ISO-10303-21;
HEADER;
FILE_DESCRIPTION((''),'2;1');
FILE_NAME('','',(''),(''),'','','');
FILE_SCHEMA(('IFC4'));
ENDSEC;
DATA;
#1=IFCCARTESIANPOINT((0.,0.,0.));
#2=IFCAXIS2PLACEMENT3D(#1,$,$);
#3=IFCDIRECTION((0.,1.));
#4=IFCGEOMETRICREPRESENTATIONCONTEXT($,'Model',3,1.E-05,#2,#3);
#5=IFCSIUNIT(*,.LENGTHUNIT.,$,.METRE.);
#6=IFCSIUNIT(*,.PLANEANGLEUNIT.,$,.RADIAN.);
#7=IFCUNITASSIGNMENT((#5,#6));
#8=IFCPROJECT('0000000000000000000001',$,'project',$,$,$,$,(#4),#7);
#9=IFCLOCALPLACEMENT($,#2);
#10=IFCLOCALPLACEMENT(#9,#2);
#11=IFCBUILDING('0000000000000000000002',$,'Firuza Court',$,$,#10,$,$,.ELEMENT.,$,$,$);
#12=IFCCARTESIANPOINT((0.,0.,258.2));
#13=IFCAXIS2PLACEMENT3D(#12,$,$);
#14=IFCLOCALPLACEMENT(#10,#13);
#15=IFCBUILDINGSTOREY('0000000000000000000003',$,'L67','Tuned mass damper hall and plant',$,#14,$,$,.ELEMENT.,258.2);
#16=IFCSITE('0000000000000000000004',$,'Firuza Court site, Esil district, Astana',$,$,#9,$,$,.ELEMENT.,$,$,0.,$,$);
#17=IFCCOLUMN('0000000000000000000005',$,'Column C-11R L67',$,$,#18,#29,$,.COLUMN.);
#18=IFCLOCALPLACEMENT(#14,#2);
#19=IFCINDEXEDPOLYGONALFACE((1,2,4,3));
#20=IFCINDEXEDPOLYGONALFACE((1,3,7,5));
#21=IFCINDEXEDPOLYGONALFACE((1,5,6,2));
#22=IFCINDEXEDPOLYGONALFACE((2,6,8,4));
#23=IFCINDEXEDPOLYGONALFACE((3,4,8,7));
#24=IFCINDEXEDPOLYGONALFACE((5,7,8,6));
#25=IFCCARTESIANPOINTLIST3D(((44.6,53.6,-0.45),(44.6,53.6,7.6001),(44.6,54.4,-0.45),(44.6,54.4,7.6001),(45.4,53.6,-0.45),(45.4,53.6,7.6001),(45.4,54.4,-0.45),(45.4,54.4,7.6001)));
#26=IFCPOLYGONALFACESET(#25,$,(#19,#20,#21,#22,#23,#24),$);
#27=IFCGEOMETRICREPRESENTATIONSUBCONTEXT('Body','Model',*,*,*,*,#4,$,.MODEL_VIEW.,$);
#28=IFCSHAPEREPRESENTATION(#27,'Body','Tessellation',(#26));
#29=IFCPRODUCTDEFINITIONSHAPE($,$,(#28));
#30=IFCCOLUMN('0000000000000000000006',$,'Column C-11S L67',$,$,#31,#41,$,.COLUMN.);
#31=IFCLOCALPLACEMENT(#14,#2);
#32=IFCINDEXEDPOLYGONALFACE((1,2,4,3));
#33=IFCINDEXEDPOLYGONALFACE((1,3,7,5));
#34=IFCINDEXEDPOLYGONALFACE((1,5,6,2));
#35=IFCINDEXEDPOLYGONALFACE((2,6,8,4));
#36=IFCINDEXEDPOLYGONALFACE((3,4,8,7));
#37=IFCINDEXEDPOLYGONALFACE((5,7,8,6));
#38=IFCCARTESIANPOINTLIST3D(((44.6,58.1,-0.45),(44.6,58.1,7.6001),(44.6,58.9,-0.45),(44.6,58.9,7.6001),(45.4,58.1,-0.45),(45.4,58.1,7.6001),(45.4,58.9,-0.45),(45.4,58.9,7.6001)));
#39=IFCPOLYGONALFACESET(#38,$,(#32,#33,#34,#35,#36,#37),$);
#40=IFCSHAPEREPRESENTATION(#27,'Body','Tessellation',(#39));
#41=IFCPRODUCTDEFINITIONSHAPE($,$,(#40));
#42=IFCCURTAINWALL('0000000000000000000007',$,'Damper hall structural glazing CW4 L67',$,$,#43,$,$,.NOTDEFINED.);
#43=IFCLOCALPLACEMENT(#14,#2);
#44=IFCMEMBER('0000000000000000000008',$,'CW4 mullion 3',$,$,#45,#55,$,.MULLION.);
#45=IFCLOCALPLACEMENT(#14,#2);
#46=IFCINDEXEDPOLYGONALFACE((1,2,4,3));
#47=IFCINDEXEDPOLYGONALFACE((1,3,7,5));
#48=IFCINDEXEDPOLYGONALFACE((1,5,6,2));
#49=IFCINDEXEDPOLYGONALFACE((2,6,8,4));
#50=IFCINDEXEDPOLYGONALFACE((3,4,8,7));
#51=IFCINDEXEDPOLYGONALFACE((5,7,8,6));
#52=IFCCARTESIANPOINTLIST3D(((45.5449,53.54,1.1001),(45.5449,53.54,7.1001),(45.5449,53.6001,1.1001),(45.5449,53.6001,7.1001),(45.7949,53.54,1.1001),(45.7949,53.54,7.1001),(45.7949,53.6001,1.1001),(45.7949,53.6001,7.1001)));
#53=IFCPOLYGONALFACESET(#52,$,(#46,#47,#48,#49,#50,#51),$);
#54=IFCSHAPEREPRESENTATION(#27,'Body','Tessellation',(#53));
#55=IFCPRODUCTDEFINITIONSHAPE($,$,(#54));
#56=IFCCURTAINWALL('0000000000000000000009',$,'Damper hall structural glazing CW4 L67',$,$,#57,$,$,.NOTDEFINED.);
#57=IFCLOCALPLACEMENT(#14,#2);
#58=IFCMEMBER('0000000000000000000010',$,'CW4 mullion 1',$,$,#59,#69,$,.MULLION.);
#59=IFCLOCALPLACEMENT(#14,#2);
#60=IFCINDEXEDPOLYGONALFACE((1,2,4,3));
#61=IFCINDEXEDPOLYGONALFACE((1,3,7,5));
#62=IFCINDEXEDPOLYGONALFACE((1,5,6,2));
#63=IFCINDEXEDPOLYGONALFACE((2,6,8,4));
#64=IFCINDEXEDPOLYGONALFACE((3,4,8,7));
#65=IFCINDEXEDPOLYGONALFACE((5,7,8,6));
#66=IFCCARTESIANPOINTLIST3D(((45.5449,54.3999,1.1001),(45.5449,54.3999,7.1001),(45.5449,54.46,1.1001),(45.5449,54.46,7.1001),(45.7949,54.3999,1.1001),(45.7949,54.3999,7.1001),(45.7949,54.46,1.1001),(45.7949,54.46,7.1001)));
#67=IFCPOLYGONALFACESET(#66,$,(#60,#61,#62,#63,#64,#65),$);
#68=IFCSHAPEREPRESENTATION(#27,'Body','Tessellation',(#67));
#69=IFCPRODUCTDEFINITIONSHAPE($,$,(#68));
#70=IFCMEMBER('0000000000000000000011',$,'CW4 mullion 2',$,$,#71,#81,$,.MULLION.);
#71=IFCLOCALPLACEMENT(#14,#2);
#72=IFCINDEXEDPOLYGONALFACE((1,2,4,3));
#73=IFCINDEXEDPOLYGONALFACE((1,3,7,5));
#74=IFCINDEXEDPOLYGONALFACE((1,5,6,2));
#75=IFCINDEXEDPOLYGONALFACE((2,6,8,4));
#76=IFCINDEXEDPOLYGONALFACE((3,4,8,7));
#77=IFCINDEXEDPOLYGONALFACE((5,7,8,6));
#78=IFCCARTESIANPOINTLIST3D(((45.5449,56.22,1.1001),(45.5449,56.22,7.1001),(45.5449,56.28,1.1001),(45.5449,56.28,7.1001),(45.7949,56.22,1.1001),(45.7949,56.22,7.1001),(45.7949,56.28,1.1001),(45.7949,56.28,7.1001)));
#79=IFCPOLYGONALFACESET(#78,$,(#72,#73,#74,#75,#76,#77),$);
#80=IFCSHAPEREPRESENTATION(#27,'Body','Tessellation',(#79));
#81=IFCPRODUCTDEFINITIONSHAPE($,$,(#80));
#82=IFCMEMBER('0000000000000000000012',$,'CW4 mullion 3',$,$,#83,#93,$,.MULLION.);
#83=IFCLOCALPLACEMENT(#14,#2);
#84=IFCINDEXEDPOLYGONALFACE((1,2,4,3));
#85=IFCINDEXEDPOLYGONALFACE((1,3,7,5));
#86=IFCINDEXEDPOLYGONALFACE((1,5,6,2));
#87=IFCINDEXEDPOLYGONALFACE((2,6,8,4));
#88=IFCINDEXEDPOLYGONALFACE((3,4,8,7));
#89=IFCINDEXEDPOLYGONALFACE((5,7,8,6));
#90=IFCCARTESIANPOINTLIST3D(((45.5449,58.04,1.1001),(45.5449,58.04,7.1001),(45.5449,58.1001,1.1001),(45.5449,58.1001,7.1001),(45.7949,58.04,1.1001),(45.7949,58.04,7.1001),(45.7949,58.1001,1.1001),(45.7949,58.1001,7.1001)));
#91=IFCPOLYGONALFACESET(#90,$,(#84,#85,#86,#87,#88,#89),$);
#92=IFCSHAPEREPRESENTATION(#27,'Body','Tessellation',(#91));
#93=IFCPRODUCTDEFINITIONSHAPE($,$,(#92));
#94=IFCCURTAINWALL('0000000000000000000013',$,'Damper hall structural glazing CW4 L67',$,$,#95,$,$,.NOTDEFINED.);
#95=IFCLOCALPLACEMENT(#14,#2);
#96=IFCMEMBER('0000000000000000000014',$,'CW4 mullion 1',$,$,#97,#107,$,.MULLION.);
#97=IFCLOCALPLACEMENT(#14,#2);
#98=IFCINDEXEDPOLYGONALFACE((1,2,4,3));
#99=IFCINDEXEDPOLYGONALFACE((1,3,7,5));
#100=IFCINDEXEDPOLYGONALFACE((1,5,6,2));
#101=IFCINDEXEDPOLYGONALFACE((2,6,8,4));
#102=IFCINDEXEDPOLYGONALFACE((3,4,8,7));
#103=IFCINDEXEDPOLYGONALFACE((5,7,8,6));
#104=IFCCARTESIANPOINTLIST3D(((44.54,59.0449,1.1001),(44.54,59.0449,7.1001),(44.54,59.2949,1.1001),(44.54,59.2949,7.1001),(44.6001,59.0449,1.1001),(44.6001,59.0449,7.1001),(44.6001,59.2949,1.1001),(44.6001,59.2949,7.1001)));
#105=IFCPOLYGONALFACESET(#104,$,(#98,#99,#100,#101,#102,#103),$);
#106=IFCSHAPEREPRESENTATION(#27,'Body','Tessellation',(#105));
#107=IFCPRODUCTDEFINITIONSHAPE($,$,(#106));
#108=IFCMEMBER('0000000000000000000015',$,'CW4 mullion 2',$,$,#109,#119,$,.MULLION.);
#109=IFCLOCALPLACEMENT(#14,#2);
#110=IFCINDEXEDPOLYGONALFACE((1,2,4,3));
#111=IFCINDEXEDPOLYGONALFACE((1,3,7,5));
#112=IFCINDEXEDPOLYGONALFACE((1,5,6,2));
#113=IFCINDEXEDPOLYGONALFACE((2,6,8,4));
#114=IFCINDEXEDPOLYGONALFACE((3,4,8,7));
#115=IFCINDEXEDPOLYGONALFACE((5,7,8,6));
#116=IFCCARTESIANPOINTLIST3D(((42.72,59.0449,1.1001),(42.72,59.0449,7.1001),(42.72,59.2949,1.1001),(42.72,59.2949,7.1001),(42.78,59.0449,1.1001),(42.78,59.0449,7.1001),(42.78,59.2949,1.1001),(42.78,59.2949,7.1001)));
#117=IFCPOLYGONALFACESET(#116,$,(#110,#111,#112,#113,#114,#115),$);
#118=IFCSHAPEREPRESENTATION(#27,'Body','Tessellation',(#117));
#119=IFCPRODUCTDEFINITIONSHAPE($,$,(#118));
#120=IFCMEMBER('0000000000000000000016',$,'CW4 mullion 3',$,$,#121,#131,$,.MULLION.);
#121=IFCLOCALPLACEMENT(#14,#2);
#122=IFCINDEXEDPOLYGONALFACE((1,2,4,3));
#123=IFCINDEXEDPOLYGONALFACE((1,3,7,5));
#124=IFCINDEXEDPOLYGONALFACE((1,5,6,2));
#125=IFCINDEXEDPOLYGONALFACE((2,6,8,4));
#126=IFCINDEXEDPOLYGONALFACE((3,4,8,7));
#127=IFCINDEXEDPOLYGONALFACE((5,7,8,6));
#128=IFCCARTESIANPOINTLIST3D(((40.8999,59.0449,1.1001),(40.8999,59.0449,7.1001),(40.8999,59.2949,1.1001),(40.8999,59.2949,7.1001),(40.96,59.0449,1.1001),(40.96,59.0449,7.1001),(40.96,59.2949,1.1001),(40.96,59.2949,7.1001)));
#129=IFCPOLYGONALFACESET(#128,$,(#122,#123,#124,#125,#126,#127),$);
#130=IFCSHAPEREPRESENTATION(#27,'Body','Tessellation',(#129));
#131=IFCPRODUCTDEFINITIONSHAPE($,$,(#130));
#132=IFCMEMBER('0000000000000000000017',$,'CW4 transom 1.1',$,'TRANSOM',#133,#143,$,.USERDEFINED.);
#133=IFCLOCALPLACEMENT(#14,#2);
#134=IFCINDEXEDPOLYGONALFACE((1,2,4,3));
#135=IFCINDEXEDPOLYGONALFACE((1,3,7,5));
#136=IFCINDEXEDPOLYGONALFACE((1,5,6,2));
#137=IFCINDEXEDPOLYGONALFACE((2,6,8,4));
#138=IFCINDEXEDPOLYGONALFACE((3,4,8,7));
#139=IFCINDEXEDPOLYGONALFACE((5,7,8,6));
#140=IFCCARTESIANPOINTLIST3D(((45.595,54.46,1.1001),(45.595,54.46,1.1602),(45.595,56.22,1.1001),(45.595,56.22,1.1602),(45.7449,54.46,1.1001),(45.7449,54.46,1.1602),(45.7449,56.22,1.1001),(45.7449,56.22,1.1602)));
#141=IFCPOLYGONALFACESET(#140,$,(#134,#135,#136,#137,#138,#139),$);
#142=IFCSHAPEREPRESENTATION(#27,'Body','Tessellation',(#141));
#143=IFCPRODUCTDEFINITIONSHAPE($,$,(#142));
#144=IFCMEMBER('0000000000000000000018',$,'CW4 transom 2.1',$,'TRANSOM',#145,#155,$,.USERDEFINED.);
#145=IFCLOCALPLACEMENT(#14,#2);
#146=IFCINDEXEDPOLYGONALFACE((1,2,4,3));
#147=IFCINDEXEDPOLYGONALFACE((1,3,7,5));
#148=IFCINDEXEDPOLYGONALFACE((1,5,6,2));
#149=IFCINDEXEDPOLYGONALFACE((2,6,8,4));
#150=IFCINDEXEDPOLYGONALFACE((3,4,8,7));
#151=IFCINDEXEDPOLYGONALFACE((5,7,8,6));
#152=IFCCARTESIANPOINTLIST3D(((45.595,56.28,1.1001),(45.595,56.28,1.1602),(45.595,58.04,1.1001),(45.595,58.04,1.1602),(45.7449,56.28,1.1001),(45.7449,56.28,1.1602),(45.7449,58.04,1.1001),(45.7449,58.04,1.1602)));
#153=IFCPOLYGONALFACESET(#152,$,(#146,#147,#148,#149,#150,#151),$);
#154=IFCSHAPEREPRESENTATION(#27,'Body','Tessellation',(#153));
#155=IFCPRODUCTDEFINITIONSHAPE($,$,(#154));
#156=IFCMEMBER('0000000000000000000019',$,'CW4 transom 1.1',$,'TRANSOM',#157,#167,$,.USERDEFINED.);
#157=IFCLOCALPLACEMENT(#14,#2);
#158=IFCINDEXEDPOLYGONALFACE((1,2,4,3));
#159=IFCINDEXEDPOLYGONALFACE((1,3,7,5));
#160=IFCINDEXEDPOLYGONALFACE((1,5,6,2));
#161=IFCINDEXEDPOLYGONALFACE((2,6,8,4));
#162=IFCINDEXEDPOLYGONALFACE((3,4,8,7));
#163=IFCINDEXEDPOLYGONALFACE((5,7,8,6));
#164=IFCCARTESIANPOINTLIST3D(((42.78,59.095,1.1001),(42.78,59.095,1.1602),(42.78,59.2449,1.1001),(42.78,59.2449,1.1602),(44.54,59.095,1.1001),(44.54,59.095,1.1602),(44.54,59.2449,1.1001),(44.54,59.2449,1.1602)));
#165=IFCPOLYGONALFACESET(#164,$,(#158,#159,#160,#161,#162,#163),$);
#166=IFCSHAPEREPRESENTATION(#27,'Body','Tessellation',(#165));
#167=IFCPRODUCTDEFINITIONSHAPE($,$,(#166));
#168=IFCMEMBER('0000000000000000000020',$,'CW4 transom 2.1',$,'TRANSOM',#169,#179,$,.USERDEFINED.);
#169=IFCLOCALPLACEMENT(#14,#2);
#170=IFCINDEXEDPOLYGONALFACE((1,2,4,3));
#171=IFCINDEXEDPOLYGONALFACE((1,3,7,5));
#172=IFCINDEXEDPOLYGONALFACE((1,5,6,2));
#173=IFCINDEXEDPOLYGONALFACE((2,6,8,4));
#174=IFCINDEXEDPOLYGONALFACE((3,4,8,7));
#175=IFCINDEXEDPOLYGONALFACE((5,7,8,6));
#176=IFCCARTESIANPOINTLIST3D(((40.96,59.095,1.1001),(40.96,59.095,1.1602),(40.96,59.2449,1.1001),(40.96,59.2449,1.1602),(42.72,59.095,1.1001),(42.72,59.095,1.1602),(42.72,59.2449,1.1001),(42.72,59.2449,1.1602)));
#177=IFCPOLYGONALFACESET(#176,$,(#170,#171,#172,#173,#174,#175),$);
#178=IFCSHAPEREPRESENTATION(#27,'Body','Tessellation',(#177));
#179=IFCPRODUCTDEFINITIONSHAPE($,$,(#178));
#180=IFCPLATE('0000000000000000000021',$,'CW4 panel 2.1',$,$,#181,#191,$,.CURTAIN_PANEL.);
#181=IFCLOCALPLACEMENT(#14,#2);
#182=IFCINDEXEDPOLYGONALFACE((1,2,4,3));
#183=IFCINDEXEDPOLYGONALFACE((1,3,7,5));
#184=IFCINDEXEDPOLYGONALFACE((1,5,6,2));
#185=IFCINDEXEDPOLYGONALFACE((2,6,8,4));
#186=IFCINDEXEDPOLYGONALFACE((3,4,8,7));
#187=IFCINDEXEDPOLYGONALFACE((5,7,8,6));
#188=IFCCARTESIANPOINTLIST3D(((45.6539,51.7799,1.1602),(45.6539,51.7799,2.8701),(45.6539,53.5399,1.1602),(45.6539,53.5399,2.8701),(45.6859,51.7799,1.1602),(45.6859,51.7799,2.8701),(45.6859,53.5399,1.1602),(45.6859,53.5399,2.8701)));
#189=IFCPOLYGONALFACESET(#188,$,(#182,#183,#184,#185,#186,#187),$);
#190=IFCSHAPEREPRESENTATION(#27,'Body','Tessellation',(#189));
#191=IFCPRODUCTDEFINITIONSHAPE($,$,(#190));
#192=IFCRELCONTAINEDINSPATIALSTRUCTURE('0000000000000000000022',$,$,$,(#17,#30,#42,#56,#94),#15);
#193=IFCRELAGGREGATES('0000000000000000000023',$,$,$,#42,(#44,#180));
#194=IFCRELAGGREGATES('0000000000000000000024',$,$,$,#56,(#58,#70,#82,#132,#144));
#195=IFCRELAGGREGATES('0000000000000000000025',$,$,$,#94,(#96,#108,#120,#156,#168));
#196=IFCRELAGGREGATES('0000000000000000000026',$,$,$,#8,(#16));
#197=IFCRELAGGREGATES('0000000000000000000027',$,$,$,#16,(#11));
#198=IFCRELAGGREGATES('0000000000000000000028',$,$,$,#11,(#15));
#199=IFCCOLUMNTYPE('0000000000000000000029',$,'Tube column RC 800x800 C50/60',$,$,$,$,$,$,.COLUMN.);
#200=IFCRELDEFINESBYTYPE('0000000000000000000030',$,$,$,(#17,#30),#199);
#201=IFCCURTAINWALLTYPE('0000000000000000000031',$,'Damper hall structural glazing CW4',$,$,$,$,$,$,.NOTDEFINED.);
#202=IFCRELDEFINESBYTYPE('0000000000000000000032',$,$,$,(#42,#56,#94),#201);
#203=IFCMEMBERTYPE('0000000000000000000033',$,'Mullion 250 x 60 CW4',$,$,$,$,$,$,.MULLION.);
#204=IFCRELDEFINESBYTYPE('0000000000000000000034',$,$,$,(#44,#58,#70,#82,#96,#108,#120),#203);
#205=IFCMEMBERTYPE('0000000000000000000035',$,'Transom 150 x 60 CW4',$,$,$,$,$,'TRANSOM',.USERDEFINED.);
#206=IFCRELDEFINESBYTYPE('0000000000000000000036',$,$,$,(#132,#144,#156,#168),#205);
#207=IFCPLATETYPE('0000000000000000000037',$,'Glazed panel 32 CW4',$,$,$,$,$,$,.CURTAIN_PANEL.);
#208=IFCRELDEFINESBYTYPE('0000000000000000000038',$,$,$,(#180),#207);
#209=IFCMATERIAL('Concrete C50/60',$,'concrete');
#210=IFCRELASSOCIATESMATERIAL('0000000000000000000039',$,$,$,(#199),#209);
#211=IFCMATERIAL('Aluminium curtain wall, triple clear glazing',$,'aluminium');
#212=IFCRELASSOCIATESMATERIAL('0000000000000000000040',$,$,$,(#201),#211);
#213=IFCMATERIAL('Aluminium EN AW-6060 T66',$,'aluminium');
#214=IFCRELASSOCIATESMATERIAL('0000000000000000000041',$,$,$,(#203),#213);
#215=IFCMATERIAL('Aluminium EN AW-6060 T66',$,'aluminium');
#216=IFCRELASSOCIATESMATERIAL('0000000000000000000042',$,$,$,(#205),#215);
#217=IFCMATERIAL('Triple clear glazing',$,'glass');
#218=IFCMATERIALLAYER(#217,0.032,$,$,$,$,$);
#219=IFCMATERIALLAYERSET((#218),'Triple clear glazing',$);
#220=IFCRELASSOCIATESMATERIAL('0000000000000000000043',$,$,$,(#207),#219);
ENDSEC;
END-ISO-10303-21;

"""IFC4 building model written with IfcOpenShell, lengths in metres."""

from ifc_helpers import new_model, si_unit, direction, frame, origin, origin_2d, place, context, subcontext, project, spatial, rectangle, extrude, material, layer, layer_set, material_profile, profile_set, type_object, element, aggregate, save


model = new_model("IFC4")

# Units and contexts
model_context = context("Model", 3, precision=1e-05, world=origin(), true_north=direction((0.0, 1.0)))
body_context = subcontext(model_context, "Body", "Model", "MODEL_VIEW")
ifc_project = project(units=[si_unit("LENGTHUNIT", "METRE"), si_unit("PLANEANGLEUNIT", "RADIAN")], contexts=[model_context])

# Site, building, storey
site_placement = place(None, origin())
site = spatial("IfcSite", under=ifc_project, at=site_placement, Name="Firuza Court site, Esil district, Astana", CompositionType="ELEMENT", RefElevation=0.0)
building_placement = place(site_placement, origin())
building = spatial("IfcBuilding", under=site, at=building_placement, Name="Firuza Court", CompositionType="ELEMENT")
storey_placement = place(building_placement, frame((0.0, 0.0, 258.2)))
storey = spatial("IfcBuildingStorey", under=building, at=storey_placement, Name="L67", Description="Tuned mass damper hall and plant", CompositionType="ELEMENT", Elevation=258.2)

# Columns
ifc_material_1 = material(Name="Concrete C50/60", Category="concrete")
ifc_material_profile_1 = material_profile(ifc_material_1, rectangle(XDim=0.8, YDim=0.8, at=origin_2d()), Name="RC 800x800")
ifc_profile_set_1 = profile_set([ifc_material_profile_1], Name="Concrete C50/60")
column_type = type_object("IfcColumnType", Name="Tube column RC 800x800 C50/60", PredefinedType="COLUMN", material=ifc_profile_set_1)
for number, where, z_axis, x_axis, name in (
    (1, (45.0, 54.0, -0.45), (0.0, 0.0, 1.0), (1.0, 0.0, 0.0), "Column C-11R L67"),
    (2, (45.0, 58.5, -0.45), (0.0, 0.0, 1.0), (1.0, 0.0, 0.0), "Column C-11S L67"),
):
    element("IfcColumn", number, at=place(storey_placement, frame(where, z_axis=z_axis, x_axis=x_axis)), inside=storey, type_object=column_type, Name=name, PredefinedType="COLUMN", context=body_context, shape_type="SweptSolid", body=[
        extrude(rectangle(XDim=0.8, YDim=0.8, at=origin_2d()), origin(), (0.0, 0.0, 1.0), 8.05),
    ])

# Curtain wall, member
ifc_material_2 = material(Name="Aluminium curtain wall, triple clear glazing", Category="aluminium")
curtain_wall_type = type_object("IfcCurtainWallType", Name="Damper hall structural glazing CW4", PredefinedType="NOTDEFINED", material=ifc_material_2)
curtain_wall_1_placement = place(storey_placement, origin())
curtain_wall_1 = element("IfcCurtainWall", 3, at=curtain_wall_1_placement, inside=storey, type_object=curtain_wall_type, Name="Damper hall structural glazing CW4 L67", PredefinedType="NOTDEFINED")
ifc_material_3 = material(Name="Aluminium EN AW-6060 T66", Category="aluminium")
ifc_material_profile_2 = material_profile(ifc_material_3, rectangle(XDim=0.25, YDim=0.0601, at=origin_2d()), Name="Mullion 250 x 60 CW4")
ifc_profile_set_2 = profile_set([ifc_material_profile_2], Name="Aluminium EN AW-6060 T66")
member_type_1 = type_object("IfcMemberType", Name="Mullion 250 x 60 CW4", PredefinedType="MULLION", material=ifc_profile_set_2)
member_1_placement = place(storey_placement, frame((45.6699, 53.5701, 1.1001), z_axis=(0.0, 0.0, 1.0), x_axis=(-1.0, 0.0, 0.0)))
member_1 = element("IfcMember", 4, at=member_1_placement, type_object=member_type_1, Name="CW4 mullion 3", PredefinedType="MULLION", context=body_context, shape_type="SweptSolid", body=[
    extrude(rectangle(XDim=0.25, YDim=0.0601, at=origin_2d()), origin(), (0.0, 0.0, 1.0), 6.0),
])

# Curtain walls, members
curtain_wall_2_placement = place(storey_placement, origin())
curtain_wall_2 = element("IfcCurtainWall", 5, at=curtain_wall_2_placement, inside=storey, type_object=curtain_wall_type, Name="Damper hall structural glazing CW4 L67", PredefinedType="NOTDEFINED")
member_2_placement = place(storey_placement, frame((45.6699, 54.4299, 1.1001), z_axis=(0.0, 0.0, 1.0), x_axis=(-1.0, 0.0, 0.0)))
member_2 = element("IfcMember", 6, at=member_2_placement, type_object=member_type_1, Name="CW4 mullion 1", PredefinedType="MULLION", context=body_context, shape_type="SweptSolid", body=[
    extrude(rectangle(XDim=0.25, YDim=0.0601, at=origin_2d()), origin(), (0.0, 0.0, 1.0), 6.0),
])
member_3_placement = place(storey_placement, frame((45.6699, 56.25, 1.1001), z_axis=(0.0, 0.0, 1.0), x_axis=(-1.0, 0.0, 0.0)))
member_3 = element("IfcMember", 7, at=member_3_placement, type_object=member_type_1, Name="CW4 mullion 2", PredefinedType="MULLION", context=body_context, shape_type="SweptSolid", body=[
    extrude(rectangle(XDim=0.25, YDim=0.0601, at=origin_2d()), origin(), (0.0, 0.0, 1.0), 6.0),
])
member_4_placement = place(storey_placement, frame((45.6699, 58.0701, 1.1001), z_axis=(0.0, 0.0, 1.0), x_axis=(-1.0, 0.0, 0.0)))
member_4 = element("IfcMember", 8, at=member_4_placement, type_object=member_type_1, Name="CW4 mullion 3", PredefinedType="MULLION", context=body_context, shape_type="SweptSolid", body=[
    extrude(rectangle(XDim=0.25, YDim=0.0601, at=origin_2d()), origin(), (0.0, 0.0, 1.0), 6.0),
])
curtain_wall_3_placement = place(storey_placement, origin())
curtain_wall_3 = element("IfcCurtainWall", 9, at=curtain_wall_3_placement, inside=storey, type_object=curtain_wall_type, Name="Damper hall structural glazing CW4 L67", PredefinedType="NOTDEFINED")
member_5_placement = place(storey_placement, frame((44.5701, 59.1699, 1.1001), z_axis=(0.0, 0.0, 1.0), x_axis=(0.0, -1.0, 0.0)))
member_5 = element("IfcMember", 10, at=member_5_placement, type_object=member_type_1, Name="CW4 mullion 1", PredefinedType="MULLION", context=body_context, shape_type="SweptSolid", body=[
    extrude(rectangle(XDim=0.25, YDim=0.0601, at=origin_2d()), origin(), (0.0, 0.0, 1.0), 6.0),
])
member_6_placement = place(storey_placement, frame((42.75, 59.1699, 1.1001), z_axis=(0.0, 0.0, 1.0), x_axis=(0.0, -1.0, 0.0)))
member_6 = element("IfcMember", 11, at=member_6_placement, type_object=member_type_1, Name="CW4 mullion 2", PredefinedType="MULLION", context=body_context, shape_type="SweptSolid", body=[
    extrude(rectangle(XDim=0.25, YDim=0.0601, at=origin_2d()), origin(), (0.0, 0.0, 1.0), 6.0),
])
member_7_placement = place(storey_placement, frame((40.9299, 59.1699, 1.1001), z_axis=(0.0, 0.0, 1.0), x_axis=(0.0, -1.0, 0.0)))
member_7 = element("IfcMember", 12, at=member_7_placement, type_object=member_type_1, Name="CW4 mullion 3", PredefinedType="MULLION", context=body_context, shape_type="SweptSolid", body=[
    extrude(rectangle(XDim=0.25, YDim=0.0601, at=origin_2d()), origin(), (0.0, 0.0, 1.0), 6.0),
])

# Members
ifc_material_4 = material(Name="Aluminium EN AW-6060 T66", Category="aluminium")
ifc_material_profile_3 = material_profile(ifc_material_4, rectangle(XDim=0.1499, YDim=0.0601, at=origin_2d()), Name="Transom 150 x 60 CW4")
ifc_profile_set_3 = profile_set([ifc_material_profile_3], Name="Aluminium EN AW-6060 T66")
member_type_2 = type_object("IfcMemberType", Name="Transom 150 x 60 CW4", ElementType="TRANSOM", PredefinedType="USERDEFINED", material=ifc_profile_set_3)
member_8_placement = place(storey_placement, frame((45.6699, 54.46, 1.1301), z_axis=(0.0, 1.0, 0.0), x_axis=(-1.0, 0.0, 0.0)))
member_8 = element("IfcMember", 13, at=member_8_placement, type_object=member_type_2, Name="CW4 transom 1.1", ObjectType="TRANSOM", PredefinedType="USERDEFINED", context=body_context, shape_type="SweptSolid", body=[
    extrude(rectangle(XDim=0.1499, YDim=0.0601, at=origin_2d()), origin(), (0.0, 0.0, 1.0), 1.76),
])
member_9_placement = place(storey_placement, frame((45.6699, 56.28, 1.1301), z_axis=(0.0, 1.0, 0.0), x_axis=(-1.0, 0.0, 0.0)))
member_9 = element("IfcMember", 14, at=member_9_placement, type_object=member_type_2, Name="CW4 transom 2.1", ObjectType="TRANSOM", PredefinedType="USERDEFINED", context=body_context, shape_type="SweptSolid", body=[
    extrude(rectangle(XDim=0.1499, YDim=0.0601, at=origin_2d()), origin(), (0.0, 0.0, 1.0), 1.76),
])
member_10_placement = place(storey_placement, frame((44.54, 59.1699, 1.1301), z_axis=(-1.0, 0.0, 0.0), x_axis=(0.0, -1.0, 0.0)))
member_10 = element("IfcMember", 15, at=member_10_placement, type_object=member_type_2, Name="CW4 transom 1.1", ObjectType="TRANSOM", PredefinedType="USERDEFINED", context=body_context, shape_type="SweptSolid", body=[
    extrude(rectangle(XDim=0.1499, YDim=0.0601, at=origin_2d()), origin(), (0.0, 0.0, 1.0), 1.76),
])
member_11_placement = place(storey_placement, frame((42.72, 59.1699, 1.1301), z_axis=(-1.0, 0.0, 0.0), x_axis=(0.0, -1.0, 0.0)))
member_11 = element("IfcMember", 16, at=member_11_placement, type_object=member_type_2, Name="CW4 transom 2.1", ObjectType="TRANSOM", PredefinedType="USERDEFINED", context=body_context, shape_type="SweptSolid", body=[
    extrude(rectangle(XDim=0.1499, YDim=0.0601, at=origin_2d()), origin(), (0.0, 0.0, 1.0), 1.76),
])

# Plate
ifc_material_5 = material(Name="Triple clear glazing", Category="glass")
ifc_layer_1 = layer(ifc_material_5, 0.032)
ifc_layer_set_1 = layer_set([ifc_layer_1], Name="Triple clear glazing")
plate_type = type_object("IfcPlateType", Name="Glazed panel 32 CW4", PredefinedType="CURTAIN_PANEL", material=ifc_layer_set_1)
plate_1_placement = place(storey_placement, frame((45.6699, 52.6599, 1.1602), z_axis=(0.0, 0.0, 1.0), x_axis=(0.0, 1.0, 0.0)))
plate_1 = element("IfcPlate", 17, at=plate_1_placement, type_object=plate_type, Name="CW4 panel 2.1", PredefinedType="CURTAIN_PANEL", context=body_context, shape_type="SweptSolid", body=[
    extrude(rectangle(XDim=1.76, YDim=0.032, at=origin_2d()), origin(), (0.0, 0.0, 1.0), 1.71),
])
aggregate(curtain_wall_1, [member_1, plate_1])
aggregate(curtain_wall_2, [member_2, member_3, member_4, member_8, member_9])
aggregate(curtain_wall_3, [member_5, member_6, member_7, member_10, member_11])

save(model, "model.ifc")
